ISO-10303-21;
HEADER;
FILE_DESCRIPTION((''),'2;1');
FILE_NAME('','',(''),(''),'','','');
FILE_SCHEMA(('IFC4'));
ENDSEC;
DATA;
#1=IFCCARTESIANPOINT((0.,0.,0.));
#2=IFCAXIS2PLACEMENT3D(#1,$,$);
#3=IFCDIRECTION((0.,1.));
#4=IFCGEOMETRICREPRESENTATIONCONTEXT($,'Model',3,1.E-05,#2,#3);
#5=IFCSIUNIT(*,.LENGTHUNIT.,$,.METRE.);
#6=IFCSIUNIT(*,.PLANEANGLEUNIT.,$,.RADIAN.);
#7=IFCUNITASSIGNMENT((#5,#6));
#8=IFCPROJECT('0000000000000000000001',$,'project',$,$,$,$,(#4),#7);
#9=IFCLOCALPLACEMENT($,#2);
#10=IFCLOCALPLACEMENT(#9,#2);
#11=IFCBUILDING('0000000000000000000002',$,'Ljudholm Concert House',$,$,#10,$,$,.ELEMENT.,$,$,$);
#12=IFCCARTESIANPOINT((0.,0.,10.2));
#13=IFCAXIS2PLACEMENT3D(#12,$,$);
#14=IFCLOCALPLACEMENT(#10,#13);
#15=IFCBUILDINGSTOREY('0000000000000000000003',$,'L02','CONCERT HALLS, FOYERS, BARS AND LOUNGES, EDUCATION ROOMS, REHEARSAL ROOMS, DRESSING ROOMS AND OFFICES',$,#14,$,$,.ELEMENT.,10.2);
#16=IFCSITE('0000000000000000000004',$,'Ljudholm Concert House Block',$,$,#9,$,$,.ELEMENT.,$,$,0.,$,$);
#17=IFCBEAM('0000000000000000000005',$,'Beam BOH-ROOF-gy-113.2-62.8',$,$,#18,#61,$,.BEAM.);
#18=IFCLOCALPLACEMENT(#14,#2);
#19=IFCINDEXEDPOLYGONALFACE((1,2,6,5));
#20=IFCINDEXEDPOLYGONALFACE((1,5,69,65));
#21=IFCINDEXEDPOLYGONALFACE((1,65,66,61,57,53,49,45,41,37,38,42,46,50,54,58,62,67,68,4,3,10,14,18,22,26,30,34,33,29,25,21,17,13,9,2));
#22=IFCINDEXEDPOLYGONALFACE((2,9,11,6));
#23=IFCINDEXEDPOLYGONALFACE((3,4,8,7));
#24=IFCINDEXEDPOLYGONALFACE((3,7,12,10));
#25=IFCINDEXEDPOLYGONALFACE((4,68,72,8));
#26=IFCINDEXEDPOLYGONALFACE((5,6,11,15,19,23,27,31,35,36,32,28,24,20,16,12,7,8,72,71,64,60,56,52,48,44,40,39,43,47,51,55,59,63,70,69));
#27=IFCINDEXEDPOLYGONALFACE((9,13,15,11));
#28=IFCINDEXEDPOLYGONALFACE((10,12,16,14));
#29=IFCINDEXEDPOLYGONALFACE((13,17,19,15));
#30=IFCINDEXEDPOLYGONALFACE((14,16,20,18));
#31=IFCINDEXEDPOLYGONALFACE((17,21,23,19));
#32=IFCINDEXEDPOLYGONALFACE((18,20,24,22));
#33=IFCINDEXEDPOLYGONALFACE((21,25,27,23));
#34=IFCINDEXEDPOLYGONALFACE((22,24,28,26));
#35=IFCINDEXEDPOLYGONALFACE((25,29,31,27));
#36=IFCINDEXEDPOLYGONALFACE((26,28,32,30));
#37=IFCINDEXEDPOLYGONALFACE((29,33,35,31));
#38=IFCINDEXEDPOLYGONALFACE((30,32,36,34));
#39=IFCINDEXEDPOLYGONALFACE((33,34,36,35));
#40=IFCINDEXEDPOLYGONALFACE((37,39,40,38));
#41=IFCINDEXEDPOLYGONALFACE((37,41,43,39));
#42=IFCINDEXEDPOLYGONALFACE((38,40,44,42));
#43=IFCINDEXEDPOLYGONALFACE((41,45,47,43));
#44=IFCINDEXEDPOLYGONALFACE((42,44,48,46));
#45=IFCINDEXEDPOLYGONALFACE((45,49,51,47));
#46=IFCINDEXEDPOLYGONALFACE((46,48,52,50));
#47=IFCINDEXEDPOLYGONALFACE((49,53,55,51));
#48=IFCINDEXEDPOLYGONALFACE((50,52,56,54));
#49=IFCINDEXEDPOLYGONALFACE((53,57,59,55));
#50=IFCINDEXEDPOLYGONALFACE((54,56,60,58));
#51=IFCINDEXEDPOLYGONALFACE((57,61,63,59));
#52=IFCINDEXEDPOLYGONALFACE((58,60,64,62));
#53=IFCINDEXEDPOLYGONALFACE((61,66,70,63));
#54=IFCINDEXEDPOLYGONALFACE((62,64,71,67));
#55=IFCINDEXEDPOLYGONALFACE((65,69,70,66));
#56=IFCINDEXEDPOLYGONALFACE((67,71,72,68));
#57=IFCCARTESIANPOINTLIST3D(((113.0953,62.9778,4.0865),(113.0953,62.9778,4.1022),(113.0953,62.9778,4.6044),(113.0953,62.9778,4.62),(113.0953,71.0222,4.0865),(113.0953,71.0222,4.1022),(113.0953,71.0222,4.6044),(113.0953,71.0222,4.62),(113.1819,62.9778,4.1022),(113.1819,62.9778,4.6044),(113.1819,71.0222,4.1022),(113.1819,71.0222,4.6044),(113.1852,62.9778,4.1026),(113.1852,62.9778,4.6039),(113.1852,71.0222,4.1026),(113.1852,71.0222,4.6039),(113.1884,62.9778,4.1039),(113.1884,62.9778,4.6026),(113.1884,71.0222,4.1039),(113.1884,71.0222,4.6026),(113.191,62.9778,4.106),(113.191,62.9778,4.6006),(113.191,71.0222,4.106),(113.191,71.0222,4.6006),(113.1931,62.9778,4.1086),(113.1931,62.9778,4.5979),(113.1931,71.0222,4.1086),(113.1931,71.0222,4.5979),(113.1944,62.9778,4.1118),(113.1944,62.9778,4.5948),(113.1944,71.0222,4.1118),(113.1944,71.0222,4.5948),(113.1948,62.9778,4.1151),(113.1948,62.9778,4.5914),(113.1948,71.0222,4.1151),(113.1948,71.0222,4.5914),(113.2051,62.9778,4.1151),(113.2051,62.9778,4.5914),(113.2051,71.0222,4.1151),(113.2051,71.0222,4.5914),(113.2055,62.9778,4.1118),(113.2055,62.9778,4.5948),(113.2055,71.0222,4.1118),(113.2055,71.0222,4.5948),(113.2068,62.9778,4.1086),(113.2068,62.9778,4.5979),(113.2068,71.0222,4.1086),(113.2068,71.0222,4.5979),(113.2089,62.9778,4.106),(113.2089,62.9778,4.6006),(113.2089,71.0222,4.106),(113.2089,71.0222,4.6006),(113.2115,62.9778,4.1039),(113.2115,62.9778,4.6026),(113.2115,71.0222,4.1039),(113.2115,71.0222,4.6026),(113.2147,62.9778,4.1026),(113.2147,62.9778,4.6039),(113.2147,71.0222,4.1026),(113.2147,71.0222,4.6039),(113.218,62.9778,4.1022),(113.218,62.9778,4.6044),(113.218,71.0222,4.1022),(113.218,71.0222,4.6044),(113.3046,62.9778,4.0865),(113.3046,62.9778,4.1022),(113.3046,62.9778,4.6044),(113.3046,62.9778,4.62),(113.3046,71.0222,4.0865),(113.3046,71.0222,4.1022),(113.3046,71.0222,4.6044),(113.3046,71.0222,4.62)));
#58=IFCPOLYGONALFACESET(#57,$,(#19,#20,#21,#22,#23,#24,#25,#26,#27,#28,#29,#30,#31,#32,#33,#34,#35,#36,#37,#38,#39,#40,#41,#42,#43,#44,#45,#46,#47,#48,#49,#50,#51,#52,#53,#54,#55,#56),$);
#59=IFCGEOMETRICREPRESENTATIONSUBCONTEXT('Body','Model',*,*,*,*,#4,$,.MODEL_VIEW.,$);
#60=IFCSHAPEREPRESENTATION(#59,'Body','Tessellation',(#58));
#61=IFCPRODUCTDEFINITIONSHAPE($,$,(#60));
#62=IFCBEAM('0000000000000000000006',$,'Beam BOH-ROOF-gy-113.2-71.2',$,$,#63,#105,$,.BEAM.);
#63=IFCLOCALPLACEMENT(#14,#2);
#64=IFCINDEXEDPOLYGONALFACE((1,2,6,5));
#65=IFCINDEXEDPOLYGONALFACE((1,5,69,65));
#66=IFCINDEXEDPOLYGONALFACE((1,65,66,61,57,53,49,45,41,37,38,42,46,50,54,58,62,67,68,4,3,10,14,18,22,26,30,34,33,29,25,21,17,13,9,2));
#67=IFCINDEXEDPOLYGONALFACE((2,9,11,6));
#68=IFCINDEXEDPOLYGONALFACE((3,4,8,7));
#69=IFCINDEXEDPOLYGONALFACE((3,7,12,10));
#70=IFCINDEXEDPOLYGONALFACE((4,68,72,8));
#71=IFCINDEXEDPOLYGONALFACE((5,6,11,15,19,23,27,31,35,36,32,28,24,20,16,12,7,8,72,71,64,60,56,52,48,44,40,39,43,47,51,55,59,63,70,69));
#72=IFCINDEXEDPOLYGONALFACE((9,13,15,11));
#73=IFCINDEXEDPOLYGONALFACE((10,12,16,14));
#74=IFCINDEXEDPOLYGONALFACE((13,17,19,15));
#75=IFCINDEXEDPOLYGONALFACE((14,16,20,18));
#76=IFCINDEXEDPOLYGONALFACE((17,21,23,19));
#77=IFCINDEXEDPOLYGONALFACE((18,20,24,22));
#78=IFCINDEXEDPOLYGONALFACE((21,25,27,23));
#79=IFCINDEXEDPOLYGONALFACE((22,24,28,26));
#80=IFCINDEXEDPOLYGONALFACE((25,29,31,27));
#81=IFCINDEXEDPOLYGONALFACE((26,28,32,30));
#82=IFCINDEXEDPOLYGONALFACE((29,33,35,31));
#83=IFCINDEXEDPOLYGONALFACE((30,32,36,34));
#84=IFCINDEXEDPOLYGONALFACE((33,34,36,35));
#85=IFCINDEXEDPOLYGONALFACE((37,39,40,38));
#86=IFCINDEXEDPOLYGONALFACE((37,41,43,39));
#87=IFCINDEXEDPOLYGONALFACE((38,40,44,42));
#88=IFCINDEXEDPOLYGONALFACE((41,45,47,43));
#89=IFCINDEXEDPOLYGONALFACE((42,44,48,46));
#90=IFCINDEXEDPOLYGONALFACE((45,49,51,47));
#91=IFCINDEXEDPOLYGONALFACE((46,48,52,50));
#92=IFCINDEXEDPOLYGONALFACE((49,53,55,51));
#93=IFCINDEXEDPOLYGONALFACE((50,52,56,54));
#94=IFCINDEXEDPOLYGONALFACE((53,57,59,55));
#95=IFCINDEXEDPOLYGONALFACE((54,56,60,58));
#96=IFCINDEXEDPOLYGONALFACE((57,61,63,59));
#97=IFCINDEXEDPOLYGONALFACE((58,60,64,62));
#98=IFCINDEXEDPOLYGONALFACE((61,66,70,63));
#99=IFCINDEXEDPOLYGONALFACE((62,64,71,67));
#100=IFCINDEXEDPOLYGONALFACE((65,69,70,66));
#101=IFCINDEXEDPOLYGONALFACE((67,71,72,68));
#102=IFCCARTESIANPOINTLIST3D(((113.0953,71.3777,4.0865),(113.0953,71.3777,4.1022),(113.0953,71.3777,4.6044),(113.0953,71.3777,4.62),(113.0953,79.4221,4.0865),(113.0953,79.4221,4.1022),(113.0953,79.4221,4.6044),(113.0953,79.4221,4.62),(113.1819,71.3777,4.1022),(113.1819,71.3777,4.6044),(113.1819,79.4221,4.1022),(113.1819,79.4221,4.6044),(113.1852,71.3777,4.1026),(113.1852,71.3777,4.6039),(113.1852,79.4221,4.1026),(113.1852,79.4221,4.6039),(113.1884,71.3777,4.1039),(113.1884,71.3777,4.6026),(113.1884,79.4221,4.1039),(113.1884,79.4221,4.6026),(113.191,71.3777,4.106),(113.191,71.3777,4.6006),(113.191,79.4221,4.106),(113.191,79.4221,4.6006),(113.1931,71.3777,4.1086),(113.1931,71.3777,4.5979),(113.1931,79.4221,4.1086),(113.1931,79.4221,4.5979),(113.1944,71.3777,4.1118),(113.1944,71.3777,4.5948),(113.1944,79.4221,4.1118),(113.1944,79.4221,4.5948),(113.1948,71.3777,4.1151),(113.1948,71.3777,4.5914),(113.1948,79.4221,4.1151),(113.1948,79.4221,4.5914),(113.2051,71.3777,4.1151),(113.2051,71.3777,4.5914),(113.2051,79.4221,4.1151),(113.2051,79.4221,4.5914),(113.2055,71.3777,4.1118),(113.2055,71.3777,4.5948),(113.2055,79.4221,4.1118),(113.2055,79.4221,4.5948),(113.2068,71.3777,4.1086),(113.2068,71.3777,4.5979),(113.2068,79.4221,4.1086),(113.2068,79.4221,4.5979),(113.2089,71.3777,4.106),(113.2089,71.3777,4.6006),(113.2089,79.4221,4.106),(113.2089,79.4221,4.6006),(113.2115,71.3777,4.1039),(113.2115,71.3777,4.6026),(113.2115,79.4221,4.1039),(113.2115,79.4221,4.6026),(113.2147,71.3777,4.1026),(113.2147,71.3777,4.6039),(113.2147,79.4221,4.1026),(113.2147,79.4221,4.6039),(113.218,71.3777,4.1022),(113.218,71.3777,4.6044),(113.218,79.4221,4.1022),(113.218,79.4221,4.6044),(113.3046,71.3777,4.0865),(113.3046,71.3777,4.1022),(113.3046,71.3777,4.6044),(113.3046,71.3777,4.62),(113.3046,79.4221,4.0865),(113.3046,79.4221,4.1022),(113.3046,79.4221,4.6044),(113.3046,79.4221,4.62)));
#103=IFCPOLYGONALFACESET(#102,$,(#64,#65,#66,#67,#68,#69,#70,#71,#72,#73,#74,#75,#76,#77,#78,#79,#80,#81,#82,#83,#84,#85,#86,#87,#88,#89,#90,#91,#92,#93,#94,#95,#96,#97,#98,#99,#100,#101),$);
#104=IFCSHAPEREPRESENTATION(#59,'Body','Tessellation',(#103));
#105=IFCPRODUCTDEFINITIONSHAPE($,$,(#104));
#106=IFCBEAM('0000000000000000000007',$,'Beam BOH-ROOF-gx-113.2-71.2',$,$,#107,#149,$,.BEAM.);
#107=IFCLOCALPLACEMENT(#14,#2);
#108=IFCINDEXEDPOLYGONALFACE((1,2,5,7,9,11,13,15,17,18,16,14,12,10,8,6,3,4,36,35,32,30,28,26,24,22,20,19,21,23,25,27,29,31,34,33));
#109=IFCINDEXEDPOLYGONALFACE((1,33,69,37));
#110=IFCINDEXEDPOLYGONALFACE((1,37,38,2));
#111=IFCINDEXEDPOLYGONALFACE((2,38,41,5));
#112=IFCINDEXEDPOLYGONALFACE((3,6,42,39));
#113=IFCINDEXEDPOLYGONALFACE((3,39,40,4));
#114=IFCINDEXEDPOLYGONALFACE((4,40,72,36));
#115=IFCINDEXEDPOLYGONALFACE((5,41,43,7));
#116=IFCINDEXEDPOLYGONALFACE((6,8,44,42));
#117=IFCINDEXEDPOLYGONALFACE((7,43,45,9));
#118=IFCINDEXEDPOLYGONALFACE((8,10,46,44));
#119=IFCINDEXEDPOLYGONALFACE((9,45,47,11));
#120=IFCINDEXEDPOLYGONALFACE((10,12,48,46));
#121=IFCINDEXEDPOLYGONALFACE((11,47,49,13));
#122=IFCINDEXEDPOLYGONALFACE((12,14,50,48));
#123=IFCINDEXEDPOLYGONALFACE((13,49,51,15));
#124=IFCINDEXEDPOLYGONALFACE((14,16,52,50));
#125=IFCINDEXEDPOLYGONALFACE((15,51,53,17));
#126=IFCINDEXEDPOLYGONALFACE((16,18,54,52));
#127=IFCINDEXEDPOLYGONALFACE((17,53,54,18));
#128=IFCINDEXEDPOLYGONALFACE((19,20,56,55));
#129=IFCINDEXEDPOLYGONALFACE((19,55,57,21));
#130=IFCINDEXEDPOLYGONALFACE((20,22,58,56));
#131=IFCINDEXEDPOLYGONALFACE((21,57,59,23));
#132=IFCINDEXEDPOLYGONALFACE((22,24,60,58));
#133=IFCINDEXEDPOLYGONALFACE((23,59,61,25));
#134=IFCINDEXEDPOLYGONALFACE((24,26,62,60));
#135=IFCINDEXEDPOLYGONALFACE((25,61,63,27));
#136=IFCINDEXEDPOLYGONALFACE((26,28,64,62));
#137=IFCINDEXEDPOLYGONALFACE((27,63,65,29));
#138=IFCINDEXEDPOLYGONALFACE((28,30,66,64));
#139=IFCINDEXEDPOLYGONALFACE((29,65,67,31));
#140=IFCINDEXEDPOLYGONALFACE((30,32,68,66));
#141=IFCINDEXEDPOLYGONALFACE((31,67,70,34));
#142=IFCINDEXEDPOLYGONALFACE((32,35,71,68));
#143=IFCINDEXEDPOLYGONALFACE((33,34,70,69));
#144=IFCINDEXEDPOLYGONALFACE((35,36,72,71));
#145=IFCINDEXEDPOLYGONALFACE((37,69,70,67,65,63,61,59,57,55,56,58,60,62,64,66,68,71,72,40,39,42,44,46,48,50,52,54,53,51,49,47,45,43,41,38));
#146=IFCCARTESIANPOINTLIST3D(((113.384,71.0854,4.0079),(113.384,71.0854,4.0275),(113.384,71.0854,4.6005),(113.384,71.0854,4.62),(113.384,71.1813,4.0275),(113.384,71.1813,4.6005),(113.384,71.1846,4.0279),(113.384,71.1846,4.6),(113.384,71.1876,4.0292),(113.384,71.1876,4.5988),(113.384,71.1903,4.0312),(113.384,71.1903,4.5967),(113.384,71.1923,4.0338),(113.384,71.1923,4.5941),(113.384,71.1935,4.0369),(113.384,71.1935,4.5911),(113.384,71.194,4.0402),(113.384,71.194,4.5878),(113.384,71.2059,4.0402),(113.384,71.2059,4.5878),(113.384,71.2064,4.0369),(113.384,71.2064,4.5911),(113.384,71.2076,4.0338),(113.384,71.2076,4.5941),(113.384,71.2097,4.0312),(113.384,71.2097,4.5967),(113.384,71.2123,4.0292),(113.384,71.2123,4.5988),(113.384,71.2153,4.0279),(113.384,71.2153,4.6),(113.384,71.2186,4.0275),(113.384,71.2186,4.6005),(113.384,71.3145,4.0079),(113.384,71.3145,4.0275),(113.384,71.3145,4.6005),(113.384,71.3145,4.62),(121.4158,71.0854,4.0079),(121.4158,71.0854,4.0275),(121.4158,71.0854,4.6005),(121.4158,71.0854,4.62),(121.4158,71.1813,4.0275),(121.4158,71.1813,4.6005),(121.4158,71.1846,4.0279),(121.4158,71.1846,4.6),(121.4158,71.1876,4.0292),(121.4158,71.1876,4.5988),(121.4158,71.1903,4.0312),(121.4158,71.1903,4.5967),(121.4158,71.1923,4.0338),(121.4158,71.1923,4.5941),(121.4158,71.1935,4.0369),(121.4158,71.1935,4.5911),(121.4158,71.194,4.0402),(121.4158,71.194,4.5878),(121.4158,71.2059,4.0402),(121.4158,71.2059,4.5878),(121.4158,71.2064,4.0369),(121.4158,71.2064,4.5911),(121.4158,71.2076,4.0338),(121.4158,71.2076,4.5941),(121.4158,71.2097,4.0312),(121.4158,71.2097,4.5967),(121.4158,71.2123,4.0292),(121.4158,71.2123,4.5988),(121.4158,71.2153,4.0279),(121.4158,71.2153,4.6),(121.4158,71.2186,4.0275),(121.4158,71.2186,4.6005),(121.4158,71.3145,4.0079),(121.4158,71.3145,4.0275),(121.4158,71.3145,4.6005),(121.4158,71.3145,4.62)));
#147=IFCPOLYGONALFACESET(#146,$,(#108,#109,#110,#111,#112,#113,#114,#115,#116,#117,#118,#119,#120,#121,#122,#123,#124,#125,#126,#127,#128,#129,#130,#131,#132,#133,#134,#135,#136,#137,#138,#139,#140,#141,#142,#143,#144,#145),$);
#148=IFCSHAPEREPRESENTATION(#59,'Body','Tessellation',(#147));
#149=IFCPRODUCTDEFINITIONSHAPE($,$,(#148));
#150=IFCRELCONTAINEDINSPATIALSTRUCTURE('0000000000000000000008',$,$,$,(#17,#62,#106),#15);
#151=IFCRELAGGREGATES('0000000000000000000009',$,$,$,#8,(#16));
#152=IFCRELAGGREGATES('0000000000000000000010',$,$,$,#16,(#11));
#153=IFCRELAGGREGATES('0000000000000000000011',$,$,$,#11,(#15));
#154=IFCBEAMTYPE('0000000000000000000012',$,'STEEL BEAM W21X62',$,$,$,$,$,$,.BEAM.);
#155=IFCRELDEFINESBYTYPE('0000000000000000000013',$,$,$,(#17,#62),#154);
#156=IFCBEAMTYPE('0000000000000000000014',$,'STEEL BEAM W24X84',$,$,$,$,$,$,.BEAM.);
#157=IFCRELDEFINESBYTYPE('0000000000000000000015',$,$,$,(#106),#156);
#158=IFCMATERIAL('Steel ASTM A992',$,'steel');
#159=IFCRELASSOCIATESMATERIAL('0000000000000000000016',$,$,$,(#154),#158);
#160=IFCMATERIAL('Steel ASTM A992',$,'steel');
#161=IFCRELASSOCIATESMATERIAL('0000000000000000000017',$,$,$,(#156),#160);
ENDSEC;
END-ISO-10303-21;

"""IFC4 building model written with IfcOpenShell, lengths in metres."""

from ifc_helpers import new_model, si_unit, direction, frame, origin, origin_2d, place, context, subcontext, project, spatial, i_section, extrude, material, material_profile, profile_set, type_object, element, save


model = new_model("IFC4")

# Units and contexts
model_context = context("Model", 3, precision=1e-05, world=origin(), true_north=direction((0.0, 1.0)))
body_context = subcontext(model_context, "Body", "Model", "MODEL_VIEW")
ifc_project = project(units=[si_unit("LENGTHUNIT", "METRE"), si_unit("PLANEANGLEUNIT", "RADIAN")], contexts=[model_context])

# Site, building, storey
site_placement = place(None, origin())
site = spatial("IfcSite", under=ifc_project, at=site_placement, Name="Ljudholm Concert House Block", CompositionType="ELEMENT", RefElevation=0.0)
building_placement = place(site_placement, origin())
building = spatial("IfcBuilding", under=site, at=building_placement, Name="Ljudholm Concert House", CompositionType="ELEMENT")
storey_placement = place(building_placement, frame((0.0, 0.0, 10.2)))
storey = spatial("IfcBuildingStorey", under=building, at=storey_placement, Name="L02", Description="CONCERT HALLS, FOYERS, BARS AND LOUNGES, EDUCATION ROOMS, REHEARSAL ROOMS, DRESSING ROOMS AND OFFICES", CompositionType="ELEMENT", Elevation=10.2)

# Beams
ifc_material_1 = material(Name="Steel ASTM A992", Category="steel")
ifc_material_profile_1 = material_profile(ifc_material_1, i_section(OverallWidth=0.2092, OverallDepth=0.5334, WebThickness=0.0103, FlangeThickness=0.0156, FilletRadius=0.0129, at=origin_2d()), Name="W21X62")
ifc_profile_set_1 = profile_set([ifc_material_profile_1], Name="Steel ASTM A992")
beam_type_1 = type_object("IfcBeamType", Name="STEEL BEAM W21X62", PredefinedType="BEAM", material=ifc_profile_set_1)
for number, where, z_axis, x_axis, name in (
    (1, (113.2, 62.9778, 4.3533), (0.0, 1.0, 0.0), (-1.0, 0.0, 0.0), "Beam BOH-ROOF-gy-113.2-62.8"),
    (2, (113.2, 71.3777, 4.3533), (0.0, 1.0, 0.0), (-1.0, 0.0, 0.0), "Beam BOH-ROOF-gy-113.2-71.2"),
):
    element("IfcBeam", number, at=place(storey_placement, frame(where, z_axis=z_axis, x_axis=x_axis)), inside=storey, type_object=beam_type_1, Name=name, PredefinedType="BEAM", context=body_context, shape_type="SweptSolid", body=[
        extrude(i_section(OverallWidth=0.2092, OverallDepth=0.5334, WebThickness=0.0103, FlangeThickness=0.0156, FilletRadius=0.0129, at=origin_2d()), origin(), (0.0, 0.0, 1.0), 8.0444),
    ])
ifc_material_2 = material(Name="Steel ASTM A992", Category="steel")
ifc_material_profile_2 = material_profile(ifc_material_2, i_section(OverallWidth=0.229, OverallDepth=0.6121, WebThickness=0.012, FlangeThickness=0.0195, FilletRadius=0.0127, at=origin_2d()), Name="W24X84")
ifc_profile_set_2 = profile_set([ifc_material_profile_2], Name="Steel ASTM A992")
beam_type_2 = type_object("IfcBeamType", Name="STEEL BEAM W24X84", PredefinedType="BEAM", material=ifc_profile_set_2)
beam_placement = place(storey_placement, frame((113.384, 71.2, 4.314), z_axis=(1.0, 0.0, 0.0), x_axis=(0.0, 1.0, 0.0)))
element("IfcBeam", 3, at=beam_placement, inside=storey, type_object=beam_type_2, Name="Beam BOH-ROOF-gx-113.2-71.2", PredefinedType="BEAM", context=body_context, shape_type="SweptSolid", body=[
    extrude(i_section(OverallWidth=0.229, OverallDepth=0.6121, WebThickness=0.012, FlangeThickness=0.0195, FilletRadius=0.0127, at=origin_2d()), origin(), (0.0, 0.0, 1.0), 8.0317),
])

save(model, "model.ifc")
